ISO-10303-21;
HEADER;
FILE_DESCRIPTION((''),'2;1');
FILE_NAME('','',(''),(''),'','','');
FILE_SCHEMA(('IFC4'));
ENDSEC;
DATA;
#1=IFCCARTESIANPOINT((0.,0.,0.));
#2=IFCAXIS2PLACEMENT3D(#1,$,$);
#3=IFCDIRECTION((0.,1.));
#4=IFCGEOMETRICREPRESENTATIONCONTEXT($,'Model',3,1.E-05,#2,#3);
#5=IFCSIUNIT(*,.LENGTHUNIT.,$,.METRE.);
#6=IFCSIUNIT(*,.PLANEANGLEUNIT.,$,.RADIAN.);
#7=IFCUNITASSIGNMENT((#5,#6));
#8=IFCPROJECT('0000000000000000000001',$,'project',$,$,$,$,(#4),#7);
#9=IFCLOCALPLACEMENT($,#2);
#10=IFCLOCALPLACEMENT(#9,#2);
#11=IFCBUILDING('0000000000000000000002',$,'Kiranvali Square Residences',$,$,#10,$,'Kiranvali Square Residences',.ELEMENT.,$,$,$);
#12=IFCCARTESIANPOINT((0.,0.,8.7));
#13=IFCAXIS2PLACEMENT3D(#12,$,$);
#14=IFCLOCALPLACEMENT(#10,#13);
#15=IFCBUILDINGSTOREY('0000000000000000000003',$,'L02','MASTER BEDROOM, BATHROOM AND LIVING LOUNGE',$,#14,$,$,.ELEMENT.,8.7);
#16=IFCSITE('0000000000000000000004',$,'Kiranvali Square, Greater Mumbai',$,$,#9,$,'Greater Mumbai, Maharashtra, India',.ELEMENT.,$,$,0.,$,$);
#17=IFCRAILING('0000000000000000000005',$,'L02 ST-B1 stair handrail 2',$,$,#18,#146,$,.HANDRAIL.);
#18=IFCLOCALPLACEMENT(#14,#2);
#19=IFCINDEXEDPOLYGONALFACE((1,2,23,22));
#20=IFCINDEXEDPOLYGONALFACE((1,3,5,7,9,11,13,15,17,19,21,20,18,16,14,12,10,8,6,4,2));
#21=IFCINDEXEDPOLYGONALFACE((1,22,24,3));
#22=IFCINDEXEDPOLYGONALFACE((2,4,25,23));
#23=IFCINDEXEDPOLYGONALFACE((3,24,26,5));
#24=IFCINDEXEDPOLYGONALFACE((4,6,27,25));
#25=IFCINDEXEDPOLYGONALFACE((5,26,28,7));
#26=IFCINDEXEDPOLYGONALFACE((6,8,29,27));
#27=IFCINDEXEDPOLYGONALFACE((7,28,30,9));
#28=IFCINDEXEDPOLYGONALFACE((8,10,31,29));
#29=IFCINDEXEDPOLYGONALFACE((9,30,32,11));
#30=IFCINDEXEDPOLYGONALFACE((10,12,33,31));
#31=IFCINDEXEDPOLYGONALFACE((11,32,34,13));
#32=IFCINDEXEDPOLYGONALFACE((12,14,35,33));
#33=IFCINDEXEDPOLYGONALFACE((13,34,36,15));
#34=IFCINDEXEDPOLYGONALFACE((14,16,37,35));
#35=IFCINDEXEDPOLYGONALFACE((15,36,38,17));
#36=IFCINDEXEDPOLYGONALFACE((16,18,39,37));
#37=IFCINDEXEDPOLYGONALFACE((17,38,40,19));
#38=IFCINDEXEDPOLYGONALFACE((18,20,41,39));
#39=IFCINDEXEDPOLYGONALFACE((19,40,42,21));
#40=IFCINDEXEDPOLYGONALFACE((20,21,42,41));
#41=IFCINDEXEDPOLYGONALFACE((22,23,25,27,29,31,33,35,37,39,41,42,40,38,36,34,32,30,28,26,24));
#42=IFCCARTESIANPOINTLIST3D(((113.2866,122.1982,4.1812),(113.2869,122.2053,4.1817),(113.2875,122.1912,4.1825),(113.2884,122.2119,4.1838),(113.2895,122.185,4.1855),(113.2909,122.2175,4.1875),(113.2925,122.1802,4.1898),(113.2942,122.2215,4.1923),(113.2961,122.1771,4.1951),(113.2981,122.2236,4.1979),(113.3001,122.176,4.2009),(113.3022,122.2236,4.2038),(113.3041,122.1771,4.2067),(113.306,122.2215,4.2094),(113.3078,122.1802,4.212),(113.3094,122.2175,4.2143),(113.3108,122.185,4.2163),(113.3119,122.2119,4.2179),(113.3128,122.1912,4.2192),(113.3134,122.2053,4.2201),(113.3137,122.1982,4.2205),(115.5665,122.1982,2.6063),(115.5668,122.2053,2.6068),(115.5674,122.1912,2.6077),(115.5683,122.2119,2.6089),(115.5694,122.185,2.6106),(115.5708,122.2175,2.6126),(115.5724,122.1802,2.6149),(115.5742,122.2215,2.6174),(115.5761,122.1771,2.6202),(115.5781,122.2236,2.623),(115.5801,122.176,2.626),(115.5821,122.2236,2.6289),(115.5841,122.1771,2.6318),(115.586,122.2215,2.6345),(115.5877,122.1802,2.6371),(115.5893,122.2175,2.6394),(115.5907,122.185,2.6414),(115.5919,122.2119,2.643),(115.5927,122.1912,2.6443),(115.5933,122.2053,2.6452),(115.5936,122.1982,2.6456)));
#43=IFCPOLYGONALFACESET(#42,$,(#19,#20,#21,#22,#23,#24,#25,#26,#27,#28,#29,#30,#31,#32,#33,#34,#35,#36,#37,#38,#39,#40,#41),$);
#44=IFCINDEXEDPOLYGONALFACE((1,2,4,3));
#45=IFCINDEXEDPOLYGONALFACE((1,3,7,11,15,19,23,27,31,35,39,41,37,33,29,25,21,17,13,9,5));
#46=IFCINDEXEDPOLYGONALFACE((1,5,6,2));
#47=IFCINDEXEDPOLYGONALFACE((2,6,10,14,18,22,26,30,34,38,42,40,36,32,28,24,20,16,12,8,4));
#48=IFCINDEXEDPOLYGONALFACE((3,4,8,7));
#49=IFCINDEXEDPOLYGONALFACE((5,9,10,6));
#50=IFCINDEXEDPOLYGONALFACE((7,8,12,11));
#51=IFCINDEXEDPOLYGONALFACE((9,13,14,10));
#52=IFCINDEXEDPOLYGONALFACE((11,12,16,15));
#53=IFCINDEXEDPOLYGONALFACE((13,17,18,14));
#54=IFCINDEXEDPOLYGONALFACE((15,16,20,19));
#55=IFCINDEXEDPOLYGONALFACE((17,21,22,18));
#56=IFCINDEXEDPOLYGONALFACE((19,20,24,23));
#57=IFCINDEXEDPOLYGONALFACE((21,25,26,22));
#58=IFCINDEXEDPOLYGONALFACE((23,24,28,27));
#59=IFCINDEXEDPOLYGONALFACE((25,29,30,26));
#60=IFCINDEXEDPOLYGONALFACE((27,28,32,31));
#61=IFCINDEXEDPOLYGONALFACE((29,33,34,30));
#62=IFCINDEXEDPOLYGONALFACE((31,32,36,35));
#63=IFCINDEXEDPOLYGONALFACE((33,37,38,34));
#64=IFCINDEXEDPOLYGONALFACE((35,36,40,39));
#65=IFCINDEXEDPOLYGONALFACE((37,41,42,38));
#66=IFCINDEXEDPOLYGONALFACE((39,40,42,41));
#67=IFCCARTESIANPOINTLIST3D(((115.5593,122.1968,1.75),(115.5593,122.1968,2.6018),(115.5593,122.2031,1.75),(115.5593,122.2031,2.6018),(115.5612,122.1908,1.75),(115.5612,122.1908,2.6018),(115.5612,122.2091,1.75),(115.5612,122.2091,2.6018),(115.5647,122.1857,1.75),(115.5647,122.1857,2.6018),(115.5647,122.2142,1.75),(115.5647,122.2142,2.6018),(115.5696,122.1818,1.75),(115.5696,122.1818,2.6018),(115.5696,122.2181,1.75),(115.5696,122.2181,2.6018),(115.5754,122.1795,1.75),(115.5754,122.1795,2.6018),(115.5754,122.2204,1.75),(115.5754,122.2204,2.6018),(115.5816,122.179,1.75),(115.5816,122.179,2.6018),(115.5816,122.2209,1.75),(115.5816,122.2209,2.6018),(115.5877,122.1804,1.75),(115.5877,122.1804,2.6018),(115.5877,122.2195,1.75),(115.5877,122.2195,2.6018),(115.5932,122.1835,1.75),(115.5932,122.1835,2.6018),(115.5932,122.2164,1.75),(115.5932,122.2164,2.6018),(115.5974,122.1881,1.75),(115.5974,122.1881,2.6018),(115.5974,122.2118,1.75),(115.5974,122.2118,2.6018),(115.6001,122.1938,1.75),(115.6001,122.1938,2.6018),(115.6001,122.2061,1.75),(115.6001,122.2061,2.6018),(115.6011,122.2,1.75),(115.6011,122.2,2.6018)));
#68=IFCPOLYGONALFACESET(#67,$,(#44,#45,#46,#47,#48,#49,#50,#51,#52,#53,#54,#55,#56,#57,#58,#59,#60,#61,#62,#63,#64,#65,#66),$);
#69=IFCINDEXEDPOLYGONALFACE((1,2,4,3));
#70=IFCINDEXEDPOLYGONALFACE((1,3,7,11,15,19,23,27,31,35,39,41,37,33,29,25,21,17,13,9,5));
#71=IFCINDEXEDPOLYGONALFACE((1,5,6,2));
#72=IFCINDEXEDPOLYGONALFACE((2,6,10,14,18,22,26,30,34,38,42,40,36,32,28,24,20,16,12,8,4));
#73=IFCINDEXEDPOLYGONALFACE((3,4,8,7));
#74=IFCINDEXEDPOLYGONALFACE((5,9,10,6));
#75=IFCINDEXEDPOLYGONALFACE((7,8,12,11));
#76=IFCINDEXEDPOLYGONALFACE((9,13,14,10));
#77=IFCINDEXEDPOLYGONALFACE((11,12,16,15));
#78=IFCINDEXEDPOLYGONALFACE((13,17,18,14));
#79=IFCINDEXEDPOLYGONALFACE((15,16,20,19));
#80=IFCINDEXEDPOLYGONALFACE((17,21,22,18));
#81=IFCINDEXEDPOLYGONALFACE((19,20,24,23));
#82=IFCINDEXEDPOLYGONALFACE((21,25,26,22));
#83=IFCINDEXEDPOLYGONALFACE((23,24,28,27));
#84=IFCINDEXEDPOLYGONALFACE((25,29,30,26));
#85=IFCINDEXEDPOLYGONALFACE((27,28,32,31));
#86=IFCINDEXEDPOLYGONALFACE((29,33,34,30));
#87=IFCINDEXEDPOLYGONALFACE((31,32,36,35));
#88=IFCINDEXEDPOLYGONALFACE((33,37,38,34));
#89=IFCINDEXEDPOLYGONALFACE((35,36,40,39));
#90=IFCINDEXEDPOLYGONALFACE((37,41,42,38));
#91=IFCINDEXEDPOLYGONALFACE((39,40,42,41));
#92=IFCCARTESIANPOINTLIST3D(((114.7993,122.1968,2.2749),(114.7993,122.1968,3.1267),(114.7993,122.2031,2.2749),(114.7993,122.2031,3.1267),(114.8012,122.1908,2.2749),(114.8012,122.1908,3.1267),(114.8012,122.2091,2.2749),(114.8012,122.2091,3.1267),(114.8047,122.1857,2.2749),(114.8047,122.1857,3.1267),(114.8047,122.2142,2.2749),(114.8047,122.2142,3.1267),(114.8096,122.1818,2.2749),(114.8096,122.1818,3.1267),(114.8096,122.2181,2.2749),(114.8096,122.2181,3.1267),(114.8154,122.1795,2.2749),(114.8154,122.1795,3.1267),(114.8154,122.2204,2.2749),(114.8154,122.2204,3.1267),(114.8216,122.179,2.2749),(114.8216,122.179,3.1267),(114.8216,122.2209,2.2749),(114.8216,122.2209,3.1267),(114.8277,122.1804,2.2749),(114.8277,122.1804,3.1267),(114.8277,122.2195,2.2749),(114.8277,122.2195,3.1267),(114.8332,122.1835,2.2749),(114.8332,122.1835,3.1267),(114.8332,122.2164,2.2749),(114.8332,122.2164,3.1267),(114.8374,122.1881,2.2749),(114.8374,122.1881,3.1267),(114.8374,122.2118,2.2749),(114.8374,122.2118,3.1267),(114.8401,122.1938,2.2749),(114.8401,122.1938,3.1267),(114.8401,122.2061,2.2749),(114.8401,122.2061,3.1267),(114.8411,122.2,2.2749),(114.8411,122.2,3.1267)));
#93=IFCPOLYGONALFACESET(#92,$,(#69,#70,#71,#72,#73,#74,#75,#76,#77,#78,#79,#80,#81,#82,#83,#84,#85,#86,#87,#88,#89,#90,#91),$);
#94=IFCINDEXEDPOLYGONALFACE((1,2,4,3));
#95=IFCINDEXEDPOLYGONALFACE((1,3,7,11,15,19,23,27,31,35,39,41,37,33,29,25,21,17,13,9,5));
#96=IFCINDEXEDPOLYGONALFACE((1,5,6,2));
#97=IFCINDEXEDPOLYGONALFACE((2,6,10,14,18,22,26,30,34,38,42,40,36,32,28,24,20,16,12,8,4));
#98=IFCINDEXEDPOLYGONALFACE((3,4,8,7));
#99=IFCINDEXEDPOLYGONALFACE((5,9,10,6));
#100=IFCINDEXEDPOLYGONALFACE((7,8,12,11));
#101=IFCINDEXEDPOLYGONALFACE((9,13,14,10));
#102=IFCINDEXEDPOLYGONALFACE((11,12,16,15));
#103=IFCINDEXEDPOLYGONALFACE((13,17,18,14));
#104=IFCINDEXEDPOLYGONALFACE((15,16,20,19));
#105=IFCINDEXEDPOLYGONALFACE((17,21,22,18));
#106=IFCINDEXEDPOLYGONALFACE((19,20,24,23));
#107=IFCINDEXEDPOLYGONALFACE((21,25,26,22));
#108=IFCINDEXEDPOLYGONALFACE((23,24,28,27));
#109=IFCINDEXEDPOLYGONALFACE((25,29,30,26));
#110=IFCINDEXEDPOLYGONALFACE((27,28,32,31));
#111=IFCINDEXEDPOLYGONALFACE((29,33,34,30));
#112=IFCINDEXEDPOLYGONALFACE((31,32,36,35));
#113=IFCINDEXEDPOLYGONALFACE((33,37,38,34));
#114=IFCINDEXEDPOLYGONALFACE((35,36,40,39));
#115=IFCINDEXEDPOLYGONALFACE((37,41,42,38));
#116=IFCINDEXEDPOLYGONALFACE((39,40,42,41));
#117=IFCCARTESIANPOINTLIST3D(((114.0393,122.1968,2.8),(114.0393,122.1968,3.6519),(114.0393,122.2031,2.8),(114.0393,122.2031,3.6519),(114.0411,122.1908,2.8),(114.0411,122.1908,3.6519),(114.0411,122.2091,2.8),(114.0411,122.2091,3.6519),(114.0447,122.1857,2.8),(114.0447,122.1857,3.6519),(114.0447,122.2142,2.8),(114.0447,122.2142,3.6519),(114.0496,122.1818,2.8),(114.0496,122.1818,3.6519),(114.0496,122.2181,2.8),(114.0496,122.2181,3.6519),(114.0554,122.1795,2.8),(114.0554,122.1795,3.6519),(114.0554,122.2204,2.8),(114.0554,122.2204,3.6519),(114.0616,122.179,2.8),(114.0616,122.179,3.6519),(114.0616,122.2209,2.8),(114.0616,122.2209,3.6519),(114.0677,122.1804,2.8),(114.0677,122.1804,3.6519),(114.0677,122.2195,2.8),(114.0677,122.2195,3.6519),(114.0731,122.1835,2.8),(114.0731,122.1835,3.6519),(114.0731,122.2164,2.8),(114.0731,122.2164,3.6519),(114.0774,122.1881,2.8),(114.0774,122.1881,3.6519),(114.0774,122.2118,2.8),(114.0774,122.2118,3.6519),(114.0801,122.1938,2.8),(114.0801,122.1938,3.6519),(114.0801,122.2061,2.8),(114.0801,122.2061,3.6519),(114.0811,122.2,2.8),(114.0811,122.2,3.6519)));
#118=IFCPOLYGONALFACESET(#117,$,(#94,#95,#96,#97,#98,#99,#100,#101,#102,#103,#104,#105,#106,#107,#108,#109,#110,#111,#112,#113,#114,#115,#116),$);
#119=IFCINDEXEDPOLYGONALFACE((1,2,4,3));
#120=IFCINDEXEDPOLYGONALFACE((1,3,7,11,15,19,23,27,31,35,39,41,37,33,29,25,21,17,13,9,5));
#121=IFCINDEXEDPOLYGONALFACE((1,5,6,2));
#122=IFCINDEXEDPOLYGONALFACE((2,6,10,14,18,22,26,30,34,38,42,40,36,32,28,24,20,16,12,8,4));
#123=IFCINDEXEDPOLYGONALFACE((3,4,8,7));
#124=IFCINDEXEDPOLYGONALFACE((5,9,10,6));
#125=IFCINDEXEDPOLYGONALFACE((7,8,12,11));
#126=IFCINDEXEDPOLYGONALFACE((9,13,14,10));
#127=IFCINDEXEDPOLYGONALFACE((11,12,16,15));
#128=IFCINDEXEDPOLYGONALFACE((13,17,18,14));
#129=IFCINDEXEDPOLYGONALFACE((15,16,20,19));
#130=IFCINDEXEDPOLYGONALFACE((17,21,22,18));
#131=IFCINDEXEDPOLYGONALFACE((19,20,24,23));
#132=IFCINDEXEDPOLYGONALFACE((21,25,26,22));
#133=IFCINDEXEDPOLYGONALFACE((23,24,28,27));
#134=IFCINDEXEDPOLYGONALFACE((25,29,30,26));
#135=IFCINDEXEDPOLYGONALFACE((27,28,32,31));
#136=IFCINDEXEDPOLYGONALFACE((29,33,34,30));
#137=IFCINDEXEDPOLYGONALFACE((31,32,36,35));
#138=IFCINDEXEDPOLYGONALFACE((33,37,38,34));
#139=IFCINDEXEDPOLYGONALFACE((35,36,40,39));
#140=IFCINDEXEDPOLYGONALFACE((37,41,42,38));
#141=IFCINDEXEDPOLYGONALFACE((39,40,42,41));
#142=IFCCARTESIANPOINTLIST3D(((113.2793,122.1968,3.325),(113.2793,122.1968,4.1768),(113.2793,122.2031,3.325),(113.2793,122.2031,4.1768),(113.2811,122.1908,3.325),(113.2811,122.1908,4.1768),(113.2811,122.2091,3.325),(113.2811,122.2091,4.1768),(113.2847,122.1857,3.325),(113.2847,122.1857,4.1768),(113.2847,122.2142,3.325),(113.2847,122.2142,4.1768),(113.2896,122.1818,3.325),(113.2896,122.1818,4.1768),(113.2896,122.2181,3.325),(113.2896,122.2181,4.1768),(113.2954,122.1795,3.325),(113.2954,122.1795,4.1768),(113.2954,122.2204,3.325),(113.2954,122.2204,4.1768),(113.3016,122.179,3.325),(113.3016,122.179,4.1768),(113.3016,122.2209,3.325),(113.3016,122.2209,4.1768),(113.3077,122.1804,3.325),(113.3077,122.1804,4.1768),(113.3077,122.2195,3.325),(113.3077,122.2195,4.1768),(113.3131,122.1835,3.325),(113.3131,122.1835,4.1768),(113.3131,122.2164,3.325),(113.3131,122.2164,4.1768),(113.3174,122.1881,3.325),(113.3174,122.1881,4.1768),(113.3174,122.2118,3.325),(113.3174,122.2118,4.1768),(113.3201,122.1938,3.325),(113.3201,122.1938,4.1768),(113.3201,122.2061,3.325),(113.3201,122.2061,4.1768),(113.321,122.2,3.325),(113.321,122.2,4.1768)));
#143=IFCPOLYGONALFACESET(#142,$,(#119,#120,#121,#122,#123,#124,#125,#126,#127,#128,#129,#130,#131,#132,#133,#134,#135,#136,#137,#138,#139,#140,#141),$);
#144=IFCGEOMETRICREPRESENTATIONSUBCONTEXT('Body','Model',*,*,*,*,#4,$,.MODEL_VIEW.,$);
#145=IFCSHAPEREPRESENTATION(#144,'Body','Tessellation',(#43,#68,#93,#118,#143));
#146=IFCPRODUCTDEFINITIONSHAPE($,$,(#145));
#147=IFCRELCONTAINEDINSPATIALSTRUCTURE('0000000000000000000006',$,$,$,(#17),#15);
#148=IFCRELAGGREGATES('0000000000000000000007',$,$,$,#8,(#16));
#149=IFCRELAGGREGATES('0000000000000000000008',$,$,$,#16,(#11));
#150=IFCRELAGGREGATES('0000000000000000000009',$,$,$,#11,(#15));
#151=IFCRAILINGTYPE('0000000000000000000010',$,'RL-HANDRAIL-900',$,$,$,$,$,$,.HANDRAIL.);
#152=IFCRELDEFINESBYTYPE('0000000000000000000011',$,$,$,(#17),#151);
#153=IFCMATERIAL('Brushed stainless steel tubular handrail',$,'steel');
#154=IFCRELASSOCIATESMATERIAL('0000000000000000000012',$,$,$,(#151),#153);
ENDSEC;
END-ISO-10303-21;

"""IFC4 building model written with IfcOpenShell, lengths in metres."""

from ifc_helpers import new_model, si_unit, direction, frame, origin, origin_2d, place, context, subcontext, project, spatial, circle, extrude, material, type_object, element, save


model = new_model("IFC4")

# Units and contexts
model_context = context("Model", 3, precision=1e-05, world=origin(), true_north=direction((0.0, 1.0)))
body_context = subcontext(model_context, "Body", "Model", "MODEL_VIEW")
ifc_project = project(units=[si_unit("LENGTHUNIT", "METRE"), si_unit("PLANEANGLEUNIT", "RADIAN")], contexts=[model_context])

# Site, building, storey
site_placement = place(None, origin())
site = spatial("IfcSite", under=ifc_project, at=site_placement, Name="Kiranvali Square, Greater Mumbai", LongName="Greater Mumbai, Maharashtra, India", CompositionType="ELEMENT", RefElevation=0.0)
building_placement = place(site_placement, origin())
building = spatial("IfcBuilding", under=site, at=building_placement, Name="Kiranvali Square Residences", LongName="Kiranvali Square Residences", CompositionType="ELEMENT")
storey_placement = place(building_placement, frame((0.0, 0.0, 8.7)))
storey = spatial("IfcBuildingStorey", under=building, at=storey_placement, Name="L02", Description="MASTER BEDROOM, BATHROOM AND LIVING LOUNGE", CompositionType="ELEMENT", Elevation=8.7)

# Railing
ifc_material_1 = material(Name="Brushed stainless steel tubular handrail", Category="steel")
railing_type_1 = type_object("IfcRailingType", Name="RL-HANDRAIL-900", PredefinedType="HANDRAIL", material=ifc_material_1)
railing_1_placement = place(storey_placement, frame((115.5801, 122.2, 1.75)))
element("IfcRailing", 1, at=railing_1_placement, inside=storey, type_object=railing_type_1, Name="L02 ST-B1 stair handrail 2", PredefinedType="HANDRAIL", context=body_context, shape_type="SweptSolid", body=[
    extrude(circle(Radius=0.0239, at=origin_2d()), frame((0.0, 0.0, 0.876), z_axis=(-0.822788, 0.0, 0.568348), x_axis=(0.0, -1.0, 0.0)), (0.0, 0.0, 1.0), 2.771),
    extrude(circle(Radius=0.021, at=origin_2d()), origin(), (0.0, 0.0, 1.0), 0.8518),
    extrude(circle(Radius=0.021, at=origin_2d()), frame((-0.76, 0.0, 0.5249)), (0.0, 0.0, 1.0), 0.8518),
    extrude(circle(Radius=0.021, at=origin_2d()), frame((-1.52, 0.0, 1.05)), (0.0, 0.0, 1.0), 0.8518),
    extrude(circle(Radius=0.021, at=origin_2d()), frame((-2.28, 0.0, 1.575)), (0.0, 0.0, 1.0), 0.8518),
])

save(model, "model.ifc")
